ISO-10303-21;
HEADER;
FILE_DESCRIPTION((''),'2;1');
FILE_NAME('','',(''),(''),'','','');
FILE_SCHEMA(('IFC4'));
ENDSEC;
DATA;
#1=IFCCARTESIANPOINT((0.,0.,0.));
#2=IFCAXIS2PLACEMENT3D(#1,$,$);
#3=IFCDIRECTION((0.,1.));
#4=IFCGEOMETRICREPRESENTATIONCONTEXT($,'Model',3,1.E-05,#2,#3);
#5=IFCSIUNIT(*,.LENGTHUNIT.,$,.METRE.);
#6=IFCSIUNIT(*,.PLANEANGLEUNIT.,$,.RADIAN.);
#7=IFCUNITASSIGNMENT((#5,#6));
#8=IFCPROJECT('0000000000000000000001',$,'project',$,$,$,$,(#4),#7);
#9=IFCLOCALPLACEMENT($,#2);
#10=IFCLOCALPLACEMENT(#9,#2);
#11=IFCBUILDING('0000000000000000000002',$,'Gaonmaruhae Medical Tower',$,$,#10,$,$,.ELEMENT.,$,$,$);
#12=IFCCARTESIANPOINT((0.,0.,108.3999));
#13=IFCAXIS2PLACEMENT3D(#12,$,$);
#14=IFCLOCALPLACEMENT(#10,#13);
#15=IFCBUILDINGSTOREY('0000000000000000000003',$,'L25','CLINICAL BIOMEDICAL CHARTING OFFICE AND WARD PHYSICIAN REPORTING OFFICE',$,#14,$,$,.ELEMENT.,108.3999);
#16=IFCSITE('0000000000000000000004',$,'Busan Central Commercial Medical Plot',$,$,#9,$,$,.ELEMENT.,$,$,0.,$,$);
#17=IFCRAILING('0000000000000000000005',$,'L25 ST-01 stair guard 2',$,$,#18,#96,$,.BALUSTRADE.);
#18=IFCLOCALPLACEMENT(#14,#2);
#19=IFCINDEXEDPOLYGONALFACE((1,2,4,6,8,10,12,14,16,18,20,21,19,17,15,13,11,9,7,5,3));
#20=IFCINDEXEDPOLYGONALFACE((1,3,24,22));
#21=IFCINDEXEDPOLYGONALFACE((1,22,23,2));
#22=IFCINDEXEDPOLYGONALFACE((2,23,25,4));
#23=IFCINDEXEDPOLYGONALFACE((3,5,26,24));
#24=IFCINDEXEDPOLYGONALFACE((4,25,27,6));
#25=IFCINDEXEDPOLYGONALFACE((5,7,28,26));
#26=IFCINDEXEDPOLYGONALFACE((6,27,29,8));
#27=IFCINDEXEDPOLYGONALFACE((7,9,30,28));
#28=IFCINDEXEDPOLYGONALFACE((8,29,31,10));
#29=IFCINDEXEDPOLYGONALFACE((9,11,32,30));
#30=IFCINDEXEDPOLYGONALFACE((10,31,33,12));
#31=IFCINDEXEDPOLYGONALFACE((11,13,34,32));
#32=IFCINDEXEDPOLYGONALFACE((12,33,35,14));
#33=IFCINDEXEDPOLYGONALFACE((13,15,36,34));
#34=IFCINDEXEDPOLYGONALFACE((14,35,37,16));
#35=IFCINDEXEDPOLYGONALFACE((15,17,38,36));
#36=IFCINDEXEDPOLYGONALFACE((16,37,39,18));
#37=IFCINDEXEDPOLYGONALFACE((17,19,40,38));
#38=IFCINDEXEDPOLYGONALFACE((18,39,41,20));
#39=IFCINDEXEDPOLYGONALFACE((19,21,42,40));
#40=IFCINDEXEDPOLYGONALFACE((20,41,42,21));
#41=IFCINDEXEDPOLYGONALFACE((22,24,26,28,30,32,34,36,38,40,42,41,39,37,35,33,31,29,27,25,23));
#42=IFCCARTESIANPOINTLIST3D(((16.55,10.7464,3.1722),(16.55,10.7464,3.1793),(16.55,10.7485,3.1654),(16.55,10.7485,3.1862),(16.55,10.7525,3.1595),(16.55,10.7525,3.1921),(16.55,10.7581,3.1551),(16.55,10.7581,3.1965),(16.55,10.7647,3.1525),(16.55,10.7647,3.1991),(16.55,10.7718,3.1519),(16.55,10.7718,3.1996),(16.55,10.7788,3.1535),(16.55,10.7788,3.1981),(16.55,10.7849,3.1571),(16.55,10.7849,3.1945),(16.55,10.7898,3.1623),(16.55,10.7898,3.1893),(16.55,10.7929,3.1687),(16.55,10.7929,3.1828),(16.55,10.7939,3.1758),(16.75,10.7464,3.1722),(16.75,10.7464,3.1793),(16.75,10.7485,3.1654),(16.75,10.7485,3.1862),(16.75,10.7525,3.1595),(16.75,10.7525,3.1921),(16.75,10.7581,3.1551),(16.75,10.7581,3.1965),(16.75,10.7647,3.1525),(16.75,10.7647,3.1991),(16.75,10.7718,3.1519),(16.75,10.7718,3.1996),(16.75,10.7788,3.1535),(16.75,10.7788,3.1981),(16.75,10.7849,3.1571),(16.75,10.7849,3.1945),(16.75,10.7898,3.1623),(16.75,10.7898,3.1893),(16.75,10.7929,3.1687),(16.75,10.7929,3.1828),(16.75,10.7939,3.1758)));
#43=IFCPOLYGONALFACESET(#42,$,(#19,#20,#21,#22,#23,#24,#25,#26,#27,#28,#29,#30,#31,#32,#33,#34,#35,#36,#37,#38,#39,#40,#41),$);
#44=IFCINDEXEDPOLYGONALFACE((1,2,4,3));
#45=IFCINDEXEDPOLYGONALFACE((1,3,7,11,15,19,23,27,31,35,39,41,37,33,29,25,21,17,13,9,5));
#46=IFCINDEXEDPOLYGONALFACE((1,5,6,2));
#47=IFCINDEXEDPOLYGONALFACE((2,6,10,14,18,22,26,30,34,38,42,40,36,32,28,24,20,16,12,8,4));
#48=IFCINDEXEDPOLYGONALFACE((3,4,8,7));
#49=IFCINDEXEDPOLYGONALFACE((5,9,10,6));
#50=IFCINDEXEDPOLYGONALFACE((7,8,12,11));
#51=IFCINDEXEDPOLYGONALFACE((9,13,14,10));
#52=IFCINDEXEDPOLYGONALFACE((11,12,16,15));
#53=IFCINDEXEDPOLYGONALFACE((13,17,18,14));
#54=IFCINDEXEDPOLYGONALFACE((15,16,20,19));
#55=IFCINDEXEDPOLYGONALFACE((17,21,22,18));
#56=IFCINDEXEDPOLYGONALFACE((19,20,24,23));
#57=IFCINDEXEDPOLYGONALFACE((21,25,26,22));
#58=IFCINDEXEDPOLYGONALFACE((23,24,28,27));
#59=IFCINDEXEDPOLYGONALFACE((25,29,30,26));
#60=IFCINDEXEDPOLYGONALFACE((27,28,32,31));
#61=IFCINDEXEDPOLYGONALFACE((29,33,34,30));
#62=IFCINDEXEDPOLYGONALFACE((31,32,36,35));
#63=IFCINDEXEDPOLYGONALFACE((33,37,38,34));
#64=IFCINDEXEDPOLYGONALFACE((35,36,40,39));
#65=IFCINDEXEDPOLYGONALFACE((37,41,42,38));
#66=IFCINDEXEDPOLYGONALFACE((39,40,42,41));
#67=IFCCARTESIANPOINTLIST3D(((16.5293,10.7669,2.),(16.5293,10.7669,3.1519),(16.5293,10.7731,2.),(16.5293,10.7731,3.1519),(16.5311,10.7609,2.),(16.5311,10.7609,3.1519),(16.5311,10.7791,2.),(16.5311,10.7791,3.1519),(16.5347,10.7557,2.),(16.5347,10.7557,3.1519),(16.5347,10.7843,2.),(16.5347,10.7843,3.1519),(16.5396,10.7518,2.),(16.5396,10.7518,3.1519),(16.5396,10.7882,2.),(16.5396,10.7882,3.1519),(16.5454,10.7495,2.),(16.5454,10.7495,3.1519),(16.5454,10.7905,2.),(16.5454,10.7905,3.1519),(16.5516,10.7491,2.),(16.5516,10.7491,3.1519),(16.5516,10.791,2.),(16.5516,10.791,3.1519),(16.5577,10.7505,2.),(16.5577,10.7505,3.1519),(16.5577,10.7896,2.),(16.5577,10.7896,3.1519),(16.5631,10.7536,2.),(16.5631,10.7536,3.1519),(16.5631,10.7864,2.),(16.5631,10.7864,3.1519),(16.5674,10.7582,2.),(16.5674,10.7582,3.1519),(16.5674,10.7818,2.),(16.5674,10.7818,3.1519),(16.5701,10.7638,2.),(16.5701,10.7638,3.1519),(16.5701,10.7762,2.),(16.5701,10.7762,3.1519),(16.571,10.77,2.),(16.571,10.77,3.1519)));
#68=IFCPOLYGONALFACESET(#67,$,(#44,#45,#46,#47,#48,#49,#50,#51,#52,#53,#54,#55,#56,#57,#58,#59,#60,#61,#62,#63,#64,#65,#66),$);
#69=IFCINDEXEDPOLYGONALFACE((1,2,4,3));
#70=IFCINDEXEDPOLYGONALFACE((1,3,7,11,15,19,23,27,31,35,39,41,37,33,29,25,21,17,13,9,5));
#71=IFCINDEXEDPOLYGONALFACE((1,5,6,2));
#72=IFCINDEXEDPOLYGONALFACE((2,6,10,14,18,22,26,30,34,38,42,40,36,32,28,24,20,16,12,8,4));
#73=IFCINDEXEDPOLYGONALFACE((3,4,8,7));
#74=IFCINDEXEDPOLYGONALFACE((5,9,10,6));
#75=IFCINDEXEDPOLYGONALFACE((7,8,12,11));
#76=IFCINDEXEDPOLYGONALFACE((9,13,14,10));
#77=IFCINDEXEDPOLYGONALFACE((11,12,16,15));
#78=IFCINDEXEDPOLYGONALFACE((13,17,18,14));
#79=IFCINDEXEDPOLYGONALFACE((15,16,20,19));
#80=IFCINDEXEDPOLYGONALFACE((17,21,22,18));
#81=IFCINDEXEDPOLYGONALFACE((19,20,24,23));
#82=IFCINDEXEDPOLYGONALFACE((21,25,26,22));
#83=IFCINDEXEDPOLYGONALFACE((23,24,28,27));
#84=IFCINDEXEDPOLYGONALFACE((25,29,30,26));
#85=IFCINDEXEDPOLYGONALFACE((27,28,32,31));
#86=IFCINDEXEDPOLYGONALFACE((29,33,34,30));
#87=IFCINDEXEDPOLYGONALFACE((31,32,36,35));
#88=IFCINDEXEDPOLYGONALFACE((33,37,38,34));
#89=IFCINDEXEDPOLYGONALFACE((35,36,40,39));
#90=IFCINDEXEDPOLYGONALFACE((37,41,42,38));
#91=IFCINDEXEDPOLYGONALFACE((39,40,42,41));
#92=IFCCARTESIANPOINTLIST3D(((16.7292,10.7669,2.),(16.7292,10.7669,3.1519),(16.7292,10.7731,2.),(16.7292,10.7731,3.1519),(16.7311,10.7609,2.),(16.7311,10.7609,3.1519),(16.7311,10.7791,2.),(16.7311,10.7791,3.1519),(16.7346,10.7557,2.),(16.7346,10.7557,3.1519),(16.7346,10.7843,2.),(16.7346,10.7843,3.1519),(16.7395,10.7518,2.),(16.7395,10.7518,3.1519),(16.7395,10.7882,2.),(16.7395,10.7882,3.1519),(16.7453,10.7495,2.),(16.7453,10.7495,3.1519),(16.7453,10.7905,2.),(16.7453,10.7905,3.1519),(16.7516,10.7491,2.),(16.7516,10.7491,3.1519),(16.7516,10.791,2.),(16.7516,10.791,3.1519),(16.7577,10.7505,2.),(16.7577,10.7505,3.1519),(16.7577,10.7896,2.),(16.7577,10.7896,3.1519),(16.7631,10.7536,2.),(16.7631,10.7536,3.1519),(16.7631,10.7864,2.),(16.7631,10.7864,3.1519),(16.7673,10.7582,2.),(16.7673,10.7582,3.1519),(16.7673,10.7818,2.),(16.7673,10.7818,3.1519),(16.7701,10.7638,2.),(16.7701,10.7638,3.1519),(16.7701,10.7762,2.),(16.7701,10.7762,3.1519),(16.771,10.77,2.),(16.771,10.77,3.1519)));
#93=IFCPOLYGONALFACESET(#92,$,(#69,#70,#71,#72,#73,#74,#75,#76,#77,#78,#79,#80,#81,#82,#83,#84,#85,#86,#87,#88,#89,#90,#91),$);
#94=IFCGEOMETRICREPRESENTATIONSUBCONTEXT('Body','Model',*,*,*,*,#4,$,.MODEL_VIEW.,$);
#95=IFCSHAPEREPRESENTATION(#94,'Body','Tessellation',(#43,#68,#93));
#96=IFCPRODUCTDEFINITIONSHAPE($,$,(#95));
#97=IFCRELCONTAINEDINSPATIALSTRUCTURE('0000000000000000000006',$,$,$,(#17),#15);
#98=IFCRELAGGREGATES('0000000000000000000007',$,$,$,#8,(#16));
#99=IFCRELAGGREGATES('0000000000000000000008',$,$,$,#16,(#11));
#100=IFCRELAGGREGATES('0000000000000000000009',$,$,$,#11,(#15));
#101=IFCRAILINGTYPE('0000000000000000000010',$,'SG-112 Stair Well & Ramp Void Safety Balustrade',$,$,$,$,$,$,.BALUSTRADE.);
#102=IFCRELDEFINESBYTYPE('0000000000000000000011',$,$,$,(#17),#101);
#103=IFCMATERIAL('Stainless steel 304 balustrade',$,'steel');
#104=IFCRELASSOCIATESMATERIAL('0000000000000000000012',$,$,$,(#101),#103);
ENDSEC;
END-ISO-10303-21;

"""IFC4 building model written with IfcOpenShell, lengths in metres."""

from ifc_helpers import new_model, si_unit, direction, frame, origin, origin_2d, place, context, subcontext, project, spatial, circle, extrude, material, type_object, element, save


model = new_model("IFC4")

# Units and contexts
model_context = context("Model", 3, precision=1e-05, world=origin(), true_north=direction((0.0, 1.0)))
body_context = subcontext(model_context, "Body", "Model", "MODEL_VIEW")
ifc_project = project(units=[si_unit("LENGTHUNIT", "METRE"), si_unit("PLANEANGLEUNIT", "RADIAN")], contexts=[model_context])

# Site, building, storey
site_placement = place(None, origin())
site = spatial("IfcSite", under=ifc_project, at=site_placement, Name="Busan Central Commercial Medical Plot", CompositionType="ELEMENT", RefElevation=0.0)
building_placement = place(site_placement, origin())
building = spatial("IfcBuilding", under=site, at=building_placement, Name="Gaonmaruhae Medical Tower", CompositionType="ELEMENT")
storey_placement = place(building_placement, frame((0.0, 0.0, 108.3999)))
storey = spatial("IfcBuildingStorey", under=building, at=storey_placement, Name="L25", Description="CLINICAL BIOMEDICAL CHARTING OFFICE AND WARD PHYSICIAN REPORTING OFFICE", CompositionType="ELEMENT", Elevation=108.3999)

# Railing
ifc_material_1 = material(Name="Stainless steel 304 balustrade", Category="steel")
railing_type_1 = type_object("IfcRailingType", Name="SG-112 Stair Well & Ramp Void Safety Balustrade", PredefinedType="BALUSTRADE", material=ifc_material_1)
railing_1_placement = place(storey_placement, frame((16.55, 10.77, 2.0)))
element("IfcRailing", 1, at=railing_1_placement, inside=storey, type_object=railing_type_1, Name="L25 ST-01 stair guard 2", PredefinedType="BALUSTRADE", context=body_context, shape_type="SweptSolid", body=[
    extrude(circle(Radius=0.0239, at=origin_2d()), frame((0.0, 0.0, 1.1758), z_axis=(1.0, 0.0, 0.0), x_axis=(0.0, 1.0, 0.0)), (0.0, 0.0, 1.0), 0.2),
    extrude(circle(Radius=0.021, at=origin_2d()), origin(), (0.0, 0.0, 1.0), 1.1519),
    extrude(circle(Radius=0.021, at=origin_2d()), frame((0.2, 0.0, 0.0)), (0.0, 0.0, 1.0), 1.1519),
])

save(model, "model.ifc")
